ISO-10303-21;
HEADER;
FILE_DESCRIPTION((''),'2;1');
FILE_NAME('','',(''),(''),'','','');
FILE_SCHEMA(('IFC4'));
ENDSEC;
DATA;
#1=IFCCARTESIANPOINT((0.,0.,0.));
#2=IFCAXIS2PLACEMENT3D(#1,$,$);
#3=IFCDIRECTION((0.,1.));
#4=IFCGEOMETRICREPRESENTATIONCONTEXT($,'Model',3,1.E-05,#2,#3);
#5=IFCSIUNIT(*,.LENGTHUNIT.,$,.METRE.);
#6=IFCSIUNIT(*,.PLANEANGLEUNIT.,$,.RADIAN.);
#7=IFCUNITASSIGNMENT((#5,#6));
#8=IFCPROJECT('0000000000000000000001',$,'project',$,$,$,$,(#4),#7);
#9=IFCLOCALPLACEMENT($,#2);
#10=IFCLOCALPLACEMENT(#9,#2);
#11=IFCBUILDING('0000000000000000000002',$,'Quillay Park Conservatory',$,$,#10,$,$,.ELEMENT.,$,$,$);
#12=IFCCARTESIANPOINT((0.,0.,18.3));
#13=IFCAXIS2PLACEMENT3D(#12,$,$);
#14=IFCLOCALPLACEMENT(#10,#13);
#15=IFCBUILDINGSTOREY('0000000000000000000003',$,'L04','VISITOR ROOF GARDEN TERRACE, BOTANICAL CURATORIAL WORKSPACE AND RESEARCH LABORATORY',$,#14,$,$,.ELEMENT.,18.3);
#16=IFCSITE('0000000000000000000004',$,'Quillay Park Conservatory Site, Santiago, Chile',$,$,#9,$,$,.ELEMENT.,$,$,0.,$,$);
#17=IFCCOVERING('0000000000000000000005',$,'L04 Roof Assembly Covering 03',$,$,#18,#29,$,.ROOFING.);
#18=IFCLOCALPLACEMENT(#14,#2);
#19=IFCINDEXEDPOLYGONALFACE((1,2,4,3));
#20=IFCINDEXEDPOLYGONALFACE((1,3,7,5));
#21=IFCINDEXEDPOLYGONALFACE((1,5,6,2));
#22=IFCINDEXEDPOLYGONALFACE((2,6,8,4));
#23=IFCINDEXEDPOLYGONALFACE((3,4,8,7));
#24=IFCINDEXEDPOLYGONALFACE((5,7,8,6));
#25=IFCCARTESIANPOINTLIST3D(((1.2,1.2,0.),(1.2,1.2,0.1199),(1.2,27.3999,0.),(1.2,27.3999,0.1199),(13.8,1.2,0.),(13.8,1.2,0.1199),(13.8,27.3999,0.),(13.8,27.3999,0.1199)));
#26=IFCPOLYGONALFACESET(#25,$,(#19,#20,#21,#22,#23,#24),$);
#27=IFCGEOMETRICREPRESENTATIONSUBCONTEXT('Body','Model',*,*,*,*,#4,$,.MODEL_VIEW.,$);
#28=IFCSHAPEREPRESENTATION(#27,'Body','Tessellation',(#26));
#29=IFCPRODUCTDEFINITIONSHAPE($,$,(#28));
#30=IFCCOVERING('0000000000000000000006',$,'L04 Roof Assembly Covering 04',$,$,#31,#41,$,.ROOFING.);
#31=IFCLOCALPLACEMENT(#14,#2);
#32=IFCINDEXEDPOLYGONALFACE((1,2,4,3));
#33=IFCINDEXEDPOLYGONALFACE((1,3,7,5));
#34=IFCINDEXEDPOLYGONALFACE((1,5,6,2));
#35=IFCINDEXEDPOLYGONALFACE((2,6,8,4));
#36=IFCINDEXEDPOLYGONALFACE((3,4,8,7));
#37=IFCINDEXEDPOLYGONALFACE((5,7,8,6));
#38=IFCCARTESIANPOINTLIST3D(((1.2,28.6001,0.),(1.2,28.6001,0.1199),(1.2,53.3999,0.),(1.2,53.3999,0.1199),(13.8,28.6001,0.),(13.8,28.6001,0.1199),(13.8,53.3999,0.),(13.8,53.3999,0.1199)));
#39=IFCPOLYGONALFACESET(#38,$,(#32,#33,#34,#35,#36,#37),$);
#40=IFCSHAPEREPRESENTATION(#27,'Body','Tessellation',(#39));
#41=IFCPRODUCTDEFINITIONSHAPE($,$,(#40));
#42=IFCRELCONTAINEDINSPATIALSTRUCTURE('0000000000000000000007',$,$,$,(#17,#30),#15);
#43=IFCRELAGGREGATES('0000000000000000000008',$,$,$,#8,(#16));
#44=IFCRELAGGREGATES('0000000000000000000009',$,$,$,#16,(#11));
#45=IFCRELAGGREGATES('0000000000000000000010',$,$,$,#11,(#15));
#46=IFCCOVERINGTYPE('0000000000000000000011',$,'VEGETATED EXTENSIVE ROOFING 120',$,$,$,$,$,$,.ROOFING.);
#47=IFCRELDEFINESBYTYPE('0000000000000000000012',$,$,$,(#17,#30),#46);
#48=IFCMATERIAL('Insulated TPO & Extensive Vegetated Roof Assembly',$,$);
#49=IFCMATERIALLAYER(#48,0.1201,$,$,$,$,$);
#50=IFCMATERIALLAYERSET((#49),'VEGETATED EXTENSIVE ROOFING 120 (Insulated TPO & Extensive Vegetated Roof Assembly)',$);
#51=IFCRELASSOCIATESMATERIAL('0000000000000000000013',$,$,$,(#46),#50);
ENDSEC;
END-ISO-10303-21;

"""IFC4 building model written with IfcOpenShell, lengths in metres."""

from ifc_helpers import new_model, si_unit, direction, frame, origin, place, context, subcontext, project, spatial, polyline, outline, extrude, material, layer, layer_set, type_object, element, save


model = new_model("IFC4")

# Units and contexts
model_context = context("Model", 3, precision=1e-05, world=origin(), true_north=direction((0.0, 1.0)))
body_context = subcontext(model_context, "Body", "Model", "MODEL_VIEW")
ifc_project = project(units=[si_unit("LENGTHUNIT", "METRE"), si_unit("PLANEANGLEUNIT", "RADIAN")], contexts=[model_context])

# Site, building, storey
site_placement = place(None, origin())
site = spatial("IfcSite", under=ifc_project, at=site_placement, Name="Quillay Park Conservatory Site, Santiago, Chile", CompositionType="ELEMENT", RefElevation=0.0)
building_placement = place(site_placement, origin())
building = spatial("IfcBuilding", under=site, at=building_placement, Name="Quillay Park Conservatory", CompositionType="ELEMENT")
storey_placement = place(building_placement, frame((0.0, 0.0, 18.3)))
storey = spatial("IfcBuildingStorey", under=building, at=storey_placement, Name="L04", Description="VISITOR ROOF GARDEN TERRACE, BOTANICAL CURATORIAL WORKSPACE AND RESEARCH LABORATORY", CompositionType="ELEMENT", Elevation=18.3)

# Coverings
ifc_material_1 = material(Name="Insulated TPO & Extensive Vegetated Roof Assembly")
ifc_layer_1 = layer(ifc_material_1, 0.1201)
ifc_layer_set_1 = layer_set([ifc_layer_1], Name="VEGETATED EXTENSIVE ROOFING 120 (Insulated TPO & Extensive Vegetated Roof Assembly)")
covering_type_1 = type_object("IfcCoveringType", Name="VEGETATED EXTENSIVE ROOFING 120", PredefinedType="ROOFING", material=ifc_layer_set_1)
covering_1_placement = place(storey_placement, origin())
element("IfcCovering", 1, at=covering_1_placement, inside=storey, type_object=covering_type_1, Name="L04 Roof Assembly Covering 03", PredefinedType="ROOFING", context=body_context, shape_type="SweptSolid", body=[
    extrude(outline(polyline([(1.2, 1.2), (13.8, 1.2), (13.8, 27.3999), (1.2, 27.3999), (1.2, 1.2)])), origin(), (0.0, 0.0, 1.0), 0.1199),
])
covering_2_placement = place(storey_placement, origin())
element("IfcCovering", 2, at=covering_2_placement, inside=storey, type_object=covering_type_1, Name="L04 Roof Assembly Covering 04", PredefinedType="ROOFING", context=body_context, shape_type="SweptSolid", body=[
    extrude(outline(polyline([(1.2, 28.6001), (13.8, 28.6001), (13.8, 53.3999), (1.2, 53.3999), (1.2, 28.6001)])), origin(), (0.0, 0.0, 1.0), 0.1199),
])

save(model, "model.ifc")
